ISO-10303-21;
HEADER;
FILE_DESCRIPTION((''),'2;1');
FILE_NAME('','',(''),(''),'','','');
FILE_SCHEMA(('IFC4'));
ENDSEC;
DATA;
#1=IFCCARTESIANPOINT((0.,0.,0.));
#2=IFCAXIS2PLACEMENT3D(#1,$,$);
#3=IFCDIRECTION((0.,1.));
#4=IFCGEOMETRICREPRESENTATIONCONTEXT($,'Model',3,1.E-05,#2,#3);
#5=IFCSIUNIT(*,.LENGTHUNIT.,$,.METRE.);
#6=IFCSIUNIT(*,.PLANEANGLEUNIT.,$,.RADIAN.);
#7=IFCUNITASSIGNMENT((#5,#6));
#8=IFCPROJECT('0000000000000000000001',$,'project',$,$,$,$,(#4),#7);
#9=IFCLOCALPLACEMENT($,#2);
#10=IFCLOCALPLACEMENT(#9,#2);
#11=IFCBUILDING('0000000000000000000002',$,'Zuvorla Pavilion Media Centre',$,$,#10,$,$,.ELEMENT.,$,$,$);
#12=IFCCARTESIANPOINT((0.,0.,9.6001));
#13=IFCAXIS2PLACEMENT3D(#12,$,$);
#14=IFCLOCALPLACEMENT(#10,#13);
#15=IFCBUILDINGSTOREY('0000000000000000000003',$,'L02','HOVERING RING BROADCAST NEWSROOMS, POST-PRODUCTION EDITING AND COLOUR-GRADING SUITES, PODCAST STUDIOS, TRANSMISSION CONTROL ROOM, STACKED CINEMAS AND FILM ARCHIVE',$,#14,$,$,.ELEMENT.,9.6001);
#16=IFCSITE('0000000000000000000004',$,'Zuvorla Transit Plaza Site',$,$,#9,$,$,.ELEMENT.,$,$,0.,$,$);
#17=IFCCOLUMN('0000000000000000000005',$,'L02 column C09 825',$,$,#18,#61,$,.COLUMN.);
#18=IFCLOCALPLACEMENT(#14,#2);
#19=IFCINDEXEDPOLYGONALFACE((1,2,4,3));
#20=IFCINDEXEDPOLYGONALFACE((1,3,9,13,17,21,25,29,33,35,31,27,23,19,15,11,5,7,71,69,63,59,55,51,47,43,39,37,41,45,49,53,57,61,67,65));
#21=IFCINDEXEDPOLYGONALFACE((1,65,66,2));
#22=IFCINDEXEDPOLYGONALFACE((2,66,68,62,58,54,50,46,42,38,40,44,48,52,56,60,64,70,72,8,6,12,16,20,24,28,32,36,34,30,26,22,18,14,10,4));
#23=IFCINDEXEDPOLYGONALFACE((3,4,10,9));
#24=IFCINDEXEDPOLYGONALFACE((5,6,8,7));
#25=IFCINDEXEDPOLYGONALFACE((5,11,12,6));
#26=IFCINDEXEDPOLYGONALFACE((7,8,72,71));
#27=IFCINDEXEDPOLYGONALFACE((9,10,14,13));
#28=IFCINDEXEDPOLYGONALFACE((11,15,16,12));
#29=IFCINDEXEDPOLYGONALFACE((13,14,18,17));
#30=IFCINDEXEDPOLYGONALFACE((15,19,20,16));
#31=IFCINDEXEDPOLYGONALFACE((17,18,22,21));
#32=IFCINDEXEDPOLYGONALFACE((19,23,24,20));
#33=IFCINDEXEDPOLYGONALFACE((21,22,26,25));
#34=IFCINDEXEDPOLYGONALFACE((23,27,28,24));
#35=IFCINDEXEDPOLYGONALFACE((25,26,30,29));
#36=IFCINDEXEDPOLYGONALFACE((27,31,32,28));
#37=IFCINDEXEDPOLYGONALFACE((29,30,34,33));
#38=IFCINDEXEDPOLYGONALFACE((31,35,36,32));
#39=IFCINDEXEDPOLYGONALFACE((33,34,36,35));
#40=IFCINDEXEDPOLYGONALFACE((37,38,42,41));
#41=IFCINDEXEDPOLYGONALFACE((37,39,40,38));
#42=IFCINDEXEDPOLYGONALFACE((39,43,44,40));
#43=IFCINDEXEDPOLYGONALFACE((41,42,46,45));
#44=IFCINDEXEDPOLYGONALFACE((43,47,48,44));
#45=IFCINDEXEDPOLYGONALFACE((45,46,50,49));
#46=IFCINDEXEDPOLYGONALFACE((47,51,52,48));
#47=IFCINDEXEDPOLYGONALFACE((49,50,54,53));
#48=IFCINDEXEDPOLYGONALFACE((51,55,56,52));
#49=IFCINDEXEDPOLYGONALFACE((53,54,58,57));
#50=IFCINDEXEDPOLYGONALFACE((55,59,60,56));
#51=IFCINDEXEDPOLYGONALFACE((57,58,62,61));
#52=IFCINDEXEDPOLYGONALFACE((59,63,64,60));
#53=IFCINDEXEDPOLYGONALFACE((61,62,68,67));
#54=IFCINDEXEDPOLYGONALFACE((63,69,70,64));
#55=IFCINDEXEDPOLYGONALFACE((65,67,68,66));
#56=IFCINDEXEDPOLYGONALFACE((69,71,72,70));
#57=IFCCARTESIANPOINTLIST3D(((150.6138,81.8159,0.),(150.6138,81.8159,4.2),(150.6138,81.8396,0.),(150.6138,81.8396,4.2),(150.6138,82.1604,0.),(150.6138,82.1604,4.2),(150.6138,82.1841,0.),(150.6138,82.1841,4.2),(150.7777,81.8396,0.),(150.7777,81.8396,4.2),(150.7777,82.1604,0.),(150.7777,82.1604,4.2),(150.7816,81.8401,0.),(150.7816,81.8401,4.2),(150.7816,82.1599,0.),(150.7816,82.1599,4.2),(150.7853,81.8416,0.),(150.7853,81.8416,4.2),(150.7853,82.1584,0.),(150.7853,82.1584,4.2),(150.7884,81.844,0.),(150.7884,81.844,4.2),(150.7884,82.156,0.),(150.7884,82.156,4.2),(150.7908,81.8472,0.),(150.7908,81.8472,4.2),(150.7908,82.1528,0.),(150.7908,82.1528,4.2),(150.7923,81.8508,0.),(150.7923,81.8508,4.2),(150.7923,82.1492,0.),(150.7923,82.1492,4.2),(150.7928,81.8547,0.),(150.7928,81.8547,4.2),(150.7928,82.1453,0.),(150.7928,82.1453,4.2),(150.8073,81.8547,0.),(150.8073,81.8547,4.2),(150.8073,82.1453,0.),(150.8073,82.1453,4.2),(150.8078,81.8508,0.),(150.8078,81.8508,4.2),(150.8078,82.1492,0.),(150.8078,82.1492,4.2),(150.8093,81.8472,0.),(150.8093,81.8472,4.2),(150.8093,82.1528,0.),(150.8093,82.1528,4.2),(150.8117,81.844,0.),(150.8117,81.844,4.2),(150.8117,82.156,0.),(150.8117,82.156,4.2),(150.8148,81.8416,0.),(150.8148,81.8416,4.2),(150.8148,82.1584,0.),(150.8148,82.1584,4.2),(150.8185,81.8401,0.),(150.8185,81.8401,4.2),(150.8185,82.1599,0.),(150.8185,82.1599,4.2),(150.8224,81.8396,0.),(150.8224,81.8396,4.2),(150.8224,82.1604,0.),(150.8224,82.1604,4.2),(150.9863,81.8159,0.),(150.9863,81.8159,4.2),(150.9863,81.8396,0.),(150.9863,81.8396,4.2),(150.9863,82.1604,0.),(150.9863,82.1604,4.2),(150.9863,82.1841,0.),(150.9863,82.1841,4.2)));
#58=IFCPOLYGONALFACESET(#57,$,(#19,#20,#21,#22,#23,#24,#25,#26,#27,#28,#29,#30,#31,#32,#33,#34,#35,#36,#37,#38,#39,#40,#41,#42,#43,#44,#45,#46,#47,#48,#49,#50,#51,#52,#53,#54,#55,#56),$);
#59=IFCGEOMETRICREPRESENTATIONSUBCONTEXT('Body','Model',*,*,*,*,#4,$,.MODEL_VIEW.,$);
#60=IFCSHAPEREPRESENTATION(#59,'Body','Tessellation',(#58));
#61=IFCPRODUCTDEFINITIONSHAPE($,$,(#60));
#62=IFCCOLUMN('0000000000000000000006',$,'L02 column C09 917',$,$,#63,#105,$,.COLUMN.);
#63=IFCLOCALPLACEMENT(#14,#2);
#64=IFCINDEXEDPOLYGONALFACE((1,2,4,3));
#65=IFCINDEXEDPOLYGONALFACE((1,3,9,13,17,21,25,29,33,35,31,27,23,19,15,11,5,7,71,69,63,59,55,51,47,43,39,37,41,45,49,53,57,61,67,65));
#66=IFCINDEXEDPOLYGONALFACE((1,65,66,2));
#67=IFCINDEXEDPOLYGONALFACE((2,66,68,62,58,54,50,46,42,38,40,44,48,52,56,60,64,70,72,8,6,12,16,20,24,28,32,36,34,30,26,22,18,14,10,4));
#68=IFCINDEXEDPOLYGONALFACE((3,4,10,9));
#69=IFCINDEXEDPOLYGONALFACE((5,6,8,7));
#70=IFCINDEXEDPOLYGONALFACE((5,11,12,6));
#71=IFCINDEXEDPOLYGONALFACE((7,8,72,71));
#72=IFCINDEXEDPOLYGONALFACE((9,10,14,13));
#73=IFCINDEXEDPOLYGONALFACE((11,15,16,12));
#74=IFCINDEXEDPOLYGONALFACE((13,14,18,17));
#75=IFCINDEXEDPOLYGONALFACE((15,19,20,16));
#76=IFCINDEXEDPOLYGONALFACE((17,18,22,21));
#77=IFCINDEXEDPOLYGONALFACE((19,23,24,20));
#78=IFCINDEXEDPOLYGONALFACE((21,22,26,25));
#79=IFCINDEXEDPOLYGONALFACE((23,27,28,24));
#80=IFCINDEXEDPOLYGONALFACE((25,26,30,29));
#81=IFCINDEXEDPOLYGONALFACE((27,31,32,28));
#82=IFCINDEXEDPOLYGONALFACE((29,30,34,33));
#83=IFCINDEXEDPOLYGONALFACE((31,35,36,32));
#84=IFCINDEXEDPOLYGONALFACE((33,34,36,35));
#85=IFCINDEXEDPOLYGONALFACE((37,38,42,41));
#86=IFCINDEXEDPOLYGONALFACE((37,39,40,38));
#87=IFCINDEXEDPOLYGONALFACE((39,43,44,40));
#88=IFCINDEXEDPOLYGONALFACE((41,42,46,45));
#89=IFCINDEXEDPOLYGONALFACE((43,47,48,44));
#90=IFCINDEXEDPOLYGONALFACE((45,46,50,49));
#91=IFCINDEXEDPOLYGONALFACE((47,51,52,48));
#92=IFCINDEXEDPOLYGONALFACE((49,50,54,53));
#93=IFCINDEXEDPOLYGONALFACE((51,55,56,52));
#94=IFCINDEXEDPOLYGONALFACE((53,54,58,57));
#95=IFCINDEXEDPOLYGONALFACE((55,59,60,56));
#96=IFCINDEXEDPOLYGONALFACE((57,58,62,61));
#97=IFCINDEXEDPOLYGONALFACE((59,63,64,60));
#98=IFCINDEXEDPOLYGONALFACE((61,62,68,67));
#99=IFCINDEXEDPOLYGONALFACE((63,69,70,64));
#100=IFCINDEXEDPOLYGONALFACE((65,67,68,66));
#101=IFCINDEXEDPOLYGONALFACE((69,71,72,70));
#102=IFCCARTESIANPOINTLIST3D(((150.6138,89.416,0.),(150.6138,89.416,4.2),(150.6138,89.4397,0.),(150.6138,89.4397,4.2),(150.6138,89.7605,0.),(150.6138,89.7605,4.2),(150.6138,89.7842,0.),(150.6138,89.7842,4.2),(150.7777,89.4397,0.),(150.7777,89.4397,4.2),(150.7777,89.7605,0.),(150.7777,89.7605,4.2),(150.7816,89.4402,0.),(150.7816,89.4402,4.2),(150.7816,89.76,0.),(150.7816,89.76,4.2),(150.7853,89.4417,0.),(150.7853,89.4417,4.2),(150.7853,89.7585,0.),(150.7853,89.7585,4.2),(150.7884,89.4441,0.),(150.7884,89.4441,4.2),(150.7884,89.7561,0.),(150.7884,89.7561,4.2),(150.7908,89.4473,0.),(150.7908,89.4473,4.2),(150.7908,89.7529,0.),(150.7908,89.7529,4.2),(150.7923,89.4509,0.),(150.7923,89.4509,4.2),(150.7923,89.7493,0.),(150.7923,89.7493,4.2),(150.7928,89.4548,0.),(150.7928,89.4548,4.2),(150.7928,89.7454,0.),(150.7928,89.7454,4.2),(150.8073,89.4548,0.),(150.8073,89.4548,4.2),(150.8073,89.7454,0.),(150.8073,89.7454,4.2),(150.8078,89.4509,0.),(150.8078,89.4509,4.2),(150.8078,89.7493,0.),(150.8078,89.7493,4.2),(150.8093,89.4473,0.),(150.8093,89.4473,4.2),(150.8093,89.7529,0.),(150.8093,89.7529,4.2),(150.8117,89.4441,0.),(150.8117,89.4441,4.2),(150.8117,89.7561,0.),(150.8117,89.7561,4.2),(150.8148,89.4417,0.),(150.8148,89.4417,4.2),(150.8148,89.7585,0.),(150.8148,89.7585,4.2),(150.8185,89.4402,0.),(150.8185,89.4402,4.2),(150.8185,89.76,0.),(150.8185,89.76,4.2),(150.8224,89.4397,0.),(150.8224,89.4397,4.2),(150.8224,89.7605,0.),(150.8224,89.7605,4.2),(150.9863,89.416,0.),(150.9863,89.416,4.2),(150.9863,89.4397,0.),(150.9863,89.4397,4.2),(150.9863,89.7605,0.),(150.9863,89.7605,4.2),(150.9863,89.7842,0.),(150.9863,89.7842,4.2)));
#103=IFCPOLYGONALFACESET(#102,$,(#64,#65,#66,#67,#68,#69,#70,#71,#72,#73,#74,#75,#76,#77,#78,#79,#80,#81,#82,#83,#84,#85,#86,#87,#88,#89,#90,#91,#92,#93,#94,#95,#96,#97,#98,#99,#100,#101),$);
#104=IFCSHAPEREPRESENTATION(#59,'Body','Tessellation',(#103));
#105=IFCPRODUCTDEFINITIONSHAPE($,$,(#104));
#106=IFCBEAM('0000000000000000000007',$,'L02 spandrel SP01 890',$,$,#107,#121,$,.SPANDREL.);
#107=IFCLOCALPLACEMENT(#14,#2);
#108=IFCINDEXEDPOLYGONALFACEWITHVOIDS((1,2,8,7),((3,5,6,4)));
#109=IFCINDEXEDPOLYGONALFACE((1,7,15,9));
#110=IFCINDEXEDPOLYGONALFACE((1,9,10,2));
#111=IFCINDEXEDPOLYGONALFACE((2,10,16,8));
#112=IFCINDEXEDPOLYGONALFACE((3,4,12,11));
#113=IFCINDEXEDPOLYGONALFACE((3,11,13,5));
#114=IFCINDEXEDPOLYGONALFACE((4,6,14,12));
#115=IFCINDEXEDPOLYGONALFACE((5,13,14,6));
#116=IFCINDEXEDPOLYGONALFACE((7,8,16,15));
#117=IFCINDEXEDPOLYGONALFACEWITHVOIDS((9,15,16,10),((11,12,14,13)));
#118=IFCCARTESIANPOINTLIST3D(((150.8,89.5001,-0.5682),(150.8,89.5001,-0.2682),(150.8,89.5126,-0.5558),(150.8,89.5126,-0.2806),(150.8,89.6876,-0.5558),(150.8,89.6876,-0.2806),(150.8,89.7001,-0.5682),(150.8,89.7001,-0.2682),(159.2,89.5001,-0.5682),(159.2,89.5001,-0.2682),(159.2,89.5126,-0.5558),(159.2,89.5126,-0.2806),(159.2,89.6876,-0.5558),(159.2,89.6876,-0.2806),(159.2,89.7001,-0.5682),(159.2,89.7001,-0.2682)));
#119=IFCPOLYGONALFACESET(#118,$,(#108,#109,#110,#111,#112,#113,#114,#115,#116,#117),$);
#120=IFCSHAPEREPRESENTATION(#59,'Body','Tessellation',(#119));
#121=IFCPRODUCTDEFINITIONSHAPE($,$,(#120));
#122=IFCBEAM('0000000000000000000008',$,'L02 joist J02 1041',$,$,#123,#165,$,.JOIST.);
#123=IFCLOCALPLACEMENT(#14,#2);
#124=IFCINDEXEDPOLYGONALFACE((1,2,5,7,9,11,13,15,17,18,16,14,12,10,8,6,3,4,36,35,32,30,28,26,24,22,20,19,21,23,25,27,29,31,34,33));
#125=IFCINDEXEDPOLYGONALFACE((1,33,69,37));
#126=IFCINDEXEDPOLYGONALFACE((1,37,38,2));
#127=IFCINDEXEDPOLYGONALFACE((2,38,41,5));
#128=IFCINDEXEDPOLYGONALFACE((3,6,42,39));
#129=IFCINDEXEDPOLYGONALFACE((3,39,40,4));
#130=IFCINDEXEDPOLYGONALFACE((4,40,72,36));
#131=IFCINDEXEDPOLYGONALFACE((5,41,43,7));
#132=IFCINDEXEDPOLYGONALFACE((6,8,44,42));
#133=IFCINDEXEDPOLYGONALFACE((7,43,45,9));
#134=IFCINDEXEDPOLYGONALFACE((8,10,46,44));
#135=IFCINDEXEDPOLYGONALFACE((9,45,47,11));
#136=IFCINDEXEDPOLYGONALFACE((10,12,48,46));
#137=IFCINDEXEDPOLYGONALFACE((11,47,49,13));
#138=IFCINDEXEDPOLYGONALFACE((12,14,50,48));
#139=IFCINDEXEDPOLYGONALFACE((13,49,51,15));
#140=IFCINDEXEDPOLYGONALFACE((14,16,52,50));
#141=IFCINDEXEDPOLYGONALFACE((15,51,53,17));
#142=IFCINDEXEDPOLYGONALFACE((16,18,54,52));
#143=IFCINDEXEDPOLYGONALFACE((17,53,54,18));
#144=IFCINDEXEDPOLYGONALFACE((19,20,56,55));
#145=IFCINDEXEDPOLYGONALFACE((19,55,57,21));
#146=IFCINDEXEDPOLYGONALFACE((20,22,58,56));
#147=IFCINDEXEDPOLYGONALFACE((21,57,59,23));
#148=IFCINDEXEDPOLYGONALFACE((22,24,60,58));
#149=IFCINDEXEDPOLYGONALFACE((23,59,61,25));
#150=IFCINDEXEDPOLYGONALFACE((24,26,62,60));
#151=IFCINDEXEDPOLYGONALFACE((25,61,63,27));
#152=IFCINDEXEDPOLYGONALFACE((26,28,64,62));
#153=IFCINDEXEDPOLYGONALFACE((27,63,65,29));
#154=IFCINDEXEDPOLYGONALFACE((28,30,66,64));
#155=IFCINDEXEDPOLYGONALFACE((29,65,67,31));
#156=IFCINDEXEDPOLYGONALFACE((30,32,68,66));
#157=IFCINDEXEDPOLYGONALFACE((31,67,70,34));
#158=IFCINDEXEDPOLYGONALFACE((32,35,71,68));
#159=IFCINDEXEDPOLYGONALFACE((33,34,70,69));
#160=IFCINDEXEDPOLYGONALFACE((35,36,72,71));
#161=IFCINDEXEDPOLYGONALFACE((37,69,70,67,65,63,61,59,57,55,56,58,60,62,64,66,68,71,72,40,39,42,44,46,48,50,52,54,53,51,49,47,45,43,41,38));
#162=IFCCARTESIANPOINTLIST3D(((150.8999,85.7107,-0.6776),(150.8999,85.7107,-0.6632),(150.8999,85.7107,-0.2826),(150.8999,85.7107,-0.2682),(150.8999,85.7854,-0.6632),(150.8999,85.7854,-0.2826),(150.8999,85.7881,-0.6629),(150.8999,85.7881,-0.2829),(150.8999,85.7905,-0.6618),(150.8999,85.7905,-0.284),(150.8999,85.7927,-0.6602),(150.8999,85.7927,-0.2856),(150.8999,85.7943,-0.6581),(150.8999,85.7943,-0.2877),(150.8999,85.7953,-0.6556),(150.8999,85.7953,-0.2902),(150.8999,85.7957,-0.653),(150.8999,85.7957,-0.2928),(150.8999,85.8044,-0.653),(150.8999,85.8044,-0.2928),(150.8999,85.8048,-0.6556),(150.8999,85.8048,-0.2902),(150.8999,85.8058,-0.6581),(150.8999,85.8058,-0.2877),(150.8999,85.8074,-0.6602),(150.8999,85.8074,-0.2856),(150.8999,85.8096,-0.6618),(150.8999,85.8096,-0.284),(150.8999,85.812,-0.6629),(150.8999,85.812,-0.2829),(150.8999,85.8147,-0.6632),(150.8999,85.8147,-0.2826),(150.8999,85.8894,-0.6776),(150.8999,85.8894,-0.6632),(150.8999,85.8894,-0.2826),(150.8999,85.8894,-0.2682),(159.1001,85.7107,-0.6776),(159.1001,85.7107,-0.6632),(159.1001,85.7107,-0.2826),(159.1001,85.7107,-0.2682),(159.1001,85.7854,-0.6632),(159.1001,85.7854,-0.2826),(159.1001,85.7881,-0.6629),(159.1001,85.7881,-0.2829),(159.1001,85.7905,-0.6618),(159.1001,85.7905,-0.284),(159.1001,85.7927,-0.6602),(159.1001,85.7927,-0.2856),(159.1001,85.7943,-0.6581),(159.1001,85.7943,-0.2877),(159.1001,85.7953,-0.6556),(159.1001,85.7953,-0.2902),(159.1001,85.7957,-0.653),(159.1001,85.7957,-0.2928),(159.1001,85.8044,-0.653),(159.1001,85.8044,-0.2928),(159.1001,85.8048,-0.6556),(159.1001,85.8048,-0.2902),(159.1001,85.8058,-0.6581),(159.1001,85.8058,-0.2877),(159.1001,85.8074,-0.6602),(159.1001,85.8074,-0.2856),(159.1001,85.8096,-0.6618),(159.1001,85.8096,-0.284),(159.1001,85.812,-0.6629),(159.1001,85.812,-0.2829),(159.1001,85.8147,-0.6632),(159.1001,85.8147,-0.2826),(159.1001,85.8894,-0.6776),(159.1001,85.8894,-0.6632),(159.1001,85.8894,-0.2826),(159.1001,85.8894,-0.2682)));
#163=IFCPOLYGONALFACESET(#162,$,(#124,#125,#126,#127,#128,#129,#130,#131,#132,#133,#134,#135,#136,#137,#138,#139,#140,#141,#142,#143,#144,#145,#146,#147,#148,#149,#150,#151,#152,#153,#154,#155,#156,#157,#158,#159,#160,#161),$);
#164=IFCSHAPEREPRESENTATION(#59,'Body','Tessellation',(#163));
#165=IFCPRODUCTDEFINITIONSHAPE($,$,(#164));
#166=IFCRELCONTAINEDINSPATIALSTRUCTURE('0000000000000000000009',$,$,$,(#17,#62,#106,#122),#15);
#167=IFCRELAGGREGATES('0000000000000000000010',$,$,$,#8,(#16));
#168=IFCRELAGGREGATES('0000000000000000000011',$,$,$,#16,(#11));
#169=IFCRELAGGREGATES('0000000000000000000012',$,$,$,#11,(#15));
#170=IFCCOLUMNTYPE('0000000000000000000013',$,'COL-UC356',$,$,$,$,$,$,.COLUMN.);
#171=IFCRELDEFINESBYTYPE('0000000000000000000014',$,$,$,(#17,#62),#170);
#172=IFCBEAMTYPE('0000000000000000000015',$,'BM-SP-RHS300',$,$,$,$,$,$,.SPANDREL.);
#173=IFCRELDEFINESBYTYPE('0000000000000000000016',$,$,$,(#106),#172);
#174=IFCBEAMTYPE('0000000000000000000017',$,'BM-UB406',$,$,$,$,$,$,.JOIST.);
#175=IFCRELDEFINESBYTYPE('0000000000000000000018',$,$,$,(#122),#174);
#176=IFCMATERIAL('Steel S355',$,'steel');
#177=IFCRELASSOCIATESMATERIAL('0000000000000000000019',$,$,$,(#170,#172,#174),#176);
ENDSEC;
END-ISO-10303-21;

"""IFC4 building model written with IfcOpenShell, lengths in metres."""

from ifc_helpers import new_model, si_unit, direction, frame, origin, origin_2d, place, context, subcontext, project, spatial, hollow_rectangle, i_section, extrude, material, material_profile, profile_set, type_object, element, save


model = new_model("IFC4")

# Units and contexts
model_context = context("Model", 3, precision=1e-05, world=origin(), true_north=direction((0.0, 1.0)))
body_context = subcontext(model_context, "Body", "Model", "MODEL_VIEW")
ifc_project = project(units=[si_unit("LENGTHUNIT", "METRE"), si_unit("PLANEANGLEUNIT", "RADIAN")], contexts=[model_context])

# Site, building, storey
site_placement = place(None, origin())
site = spatial("IfcSite", under=ifc_project, at=site_placement, Name="Zuvorla Transit Plaza Site", CompositionType="ELEMENT", RefElevation=0.0)
building_placement = place(site_placement, origin())
building = spatial("IfcBuilding", under=site, at=building_placement, Name="Zuvorla Pavilion Media Centre", CompositionType="ELEMENT")
storey_placement = place(building_placement, frame((0.0, 0.0, 9.6001)))
storey = spatial("IfcBuildingStorey", under=building, at=storey_placement, Name="L02", Description="HOVERING RING BROADCAST NEWSROOMS, POST-PRODUCTION EDITING AND COLOUR-GRADING SUITES, PODCAST STUDIOS, TRANSMISSION CONTROL ROOM, STACKED CINEMAS AND FILM ARCHIVE", CompositionType="ELEMENT", Elevation=9.6001)

# Columns
ifc_material_1 = material(Name="Steel S355", Category="steel")
ifc_material_profile_1 = material_profile(ifc_material_1, i_section(OverallWidth=0.3726, OverallDepth=0.3682, WebThickness=0.0144, FlangeThickness=0.0237, FilletRadius=0.0151, at=origin_2d()), Name="UC 356x368x177")
ifc_profile_set_1 = profile_set([ifc_material_profile_1], Name="Steel S355")
column_type = type_object("IfcColumnType", Name="COL-UC356", PredefinedType="COLUMN", material=ifc_profile_set_1)
for number, where, z_axis, x_axis, name in (
    (1, (150.8, 82.0, 0.0), (0.0, 0.0, 1.0), (1.0, 0.0, 0.0), "L02 column C09 825"),
    (2, (150.8, 89.6001, 0.0), (0.0, 0.0, 1.0), (1.0, 0.0, 0.0), "L02 column C09 917"),
):
    element("IfcColumn", number, at=place(storey_placement, frame(where, z_axis=z_axis, x_axis=x_axis)), inside=storey, type_object=column_type, Name=name, PredefinedType="COLUMN", context=body_context, shape_type="SweptSolid", body=[
        extrude(i_section(OverallWidth=0.3726, OverallDepth=0.3682, WebThickness=0.0144, FlangeThickness=0.0237, FilletRadius=0.0151, at=origin_2d()), origin(), (0.0, 0.0, 1.0), 4.2),
    ])

# Beams
ifc_material_profile_2 = material_profile(ifc_material_1, hollow_rectangle(XDim=0.2, YDim=0.3, WallThickness=0.0125, at=origin_2d()), Name="RHS 300x200x12.5")
ifc_profile_set_2 = profile_set([ifc_material_profile_2], Name="Steel S355")
beam_type_1 = type_object("IfcBeamType", Name="BM-SP-RHS300", PredefinedType="SPANDREL", material=ifc_profile_set_2)
beam_1_placement = place(storey_placement, frame((150.8, 89.6001, -0.4182), z_axis=(1.0, 0.0, 0.0), x_axis=(0.0, 1.0, 0.0)))
element("IfcBeam", 3, at=beam_1_placement, inside=storey, type_object=beam_type_1, Name="L02 spandrel SP01 890", PredefinedType="SPANDREL", context=body_context, shape_type="SweptSolid", body=[
    extrude(hollow_rectangle(XDim=0.2, YDim=0.3, WallThickness=0.0125, at=origin_2d()), origin(), (0.0, 0.0, 1.0), 8.3999),
])
ifc_material_profile_3 = material_profile(ifc_material_1, i_section(OverallWidth=0.1787, OverallDepth=0.4094, WebThickness=0.0088, FlangeThickness=0.0144, FilletRadius=0.0103, at=origin_2d()), Name="UB 406x178x67")
ifc_profile_set_3 = profile_set([ifc_material_profile_3], Name="Steel S355")
beam_type_2 = type_object("IfcBeamType", Name="BM-UB406", PredefinedType="JOIST", material=ifc_profile_set_3)
beam_2_placement = place(storey_placement, frame((150.8999, 85.8, -0.4729), z_axis=(1.0, 0.0, 0.0), x_axis=(0.0, 1.0, 0.0)))
element("IfcBeam", 4, at=beam_2_placement, inside=storey, type_object=beam_type_2, Name="L02 joist J02 1041", PredefinedType="JOIST", context=body_context, shape_type="SweptSolid", body=[
    extrude(i_section(OverallWidth=0.1787, OverallDepth=0.4094, WebThickness=0.0088, FlangeThickness=0.0144, FilletRadius=0.0103, at=origin_2d()), origin(), (0.0, 0.0, 1.0), 8.2002),
])

save(model, "model.ifc")
